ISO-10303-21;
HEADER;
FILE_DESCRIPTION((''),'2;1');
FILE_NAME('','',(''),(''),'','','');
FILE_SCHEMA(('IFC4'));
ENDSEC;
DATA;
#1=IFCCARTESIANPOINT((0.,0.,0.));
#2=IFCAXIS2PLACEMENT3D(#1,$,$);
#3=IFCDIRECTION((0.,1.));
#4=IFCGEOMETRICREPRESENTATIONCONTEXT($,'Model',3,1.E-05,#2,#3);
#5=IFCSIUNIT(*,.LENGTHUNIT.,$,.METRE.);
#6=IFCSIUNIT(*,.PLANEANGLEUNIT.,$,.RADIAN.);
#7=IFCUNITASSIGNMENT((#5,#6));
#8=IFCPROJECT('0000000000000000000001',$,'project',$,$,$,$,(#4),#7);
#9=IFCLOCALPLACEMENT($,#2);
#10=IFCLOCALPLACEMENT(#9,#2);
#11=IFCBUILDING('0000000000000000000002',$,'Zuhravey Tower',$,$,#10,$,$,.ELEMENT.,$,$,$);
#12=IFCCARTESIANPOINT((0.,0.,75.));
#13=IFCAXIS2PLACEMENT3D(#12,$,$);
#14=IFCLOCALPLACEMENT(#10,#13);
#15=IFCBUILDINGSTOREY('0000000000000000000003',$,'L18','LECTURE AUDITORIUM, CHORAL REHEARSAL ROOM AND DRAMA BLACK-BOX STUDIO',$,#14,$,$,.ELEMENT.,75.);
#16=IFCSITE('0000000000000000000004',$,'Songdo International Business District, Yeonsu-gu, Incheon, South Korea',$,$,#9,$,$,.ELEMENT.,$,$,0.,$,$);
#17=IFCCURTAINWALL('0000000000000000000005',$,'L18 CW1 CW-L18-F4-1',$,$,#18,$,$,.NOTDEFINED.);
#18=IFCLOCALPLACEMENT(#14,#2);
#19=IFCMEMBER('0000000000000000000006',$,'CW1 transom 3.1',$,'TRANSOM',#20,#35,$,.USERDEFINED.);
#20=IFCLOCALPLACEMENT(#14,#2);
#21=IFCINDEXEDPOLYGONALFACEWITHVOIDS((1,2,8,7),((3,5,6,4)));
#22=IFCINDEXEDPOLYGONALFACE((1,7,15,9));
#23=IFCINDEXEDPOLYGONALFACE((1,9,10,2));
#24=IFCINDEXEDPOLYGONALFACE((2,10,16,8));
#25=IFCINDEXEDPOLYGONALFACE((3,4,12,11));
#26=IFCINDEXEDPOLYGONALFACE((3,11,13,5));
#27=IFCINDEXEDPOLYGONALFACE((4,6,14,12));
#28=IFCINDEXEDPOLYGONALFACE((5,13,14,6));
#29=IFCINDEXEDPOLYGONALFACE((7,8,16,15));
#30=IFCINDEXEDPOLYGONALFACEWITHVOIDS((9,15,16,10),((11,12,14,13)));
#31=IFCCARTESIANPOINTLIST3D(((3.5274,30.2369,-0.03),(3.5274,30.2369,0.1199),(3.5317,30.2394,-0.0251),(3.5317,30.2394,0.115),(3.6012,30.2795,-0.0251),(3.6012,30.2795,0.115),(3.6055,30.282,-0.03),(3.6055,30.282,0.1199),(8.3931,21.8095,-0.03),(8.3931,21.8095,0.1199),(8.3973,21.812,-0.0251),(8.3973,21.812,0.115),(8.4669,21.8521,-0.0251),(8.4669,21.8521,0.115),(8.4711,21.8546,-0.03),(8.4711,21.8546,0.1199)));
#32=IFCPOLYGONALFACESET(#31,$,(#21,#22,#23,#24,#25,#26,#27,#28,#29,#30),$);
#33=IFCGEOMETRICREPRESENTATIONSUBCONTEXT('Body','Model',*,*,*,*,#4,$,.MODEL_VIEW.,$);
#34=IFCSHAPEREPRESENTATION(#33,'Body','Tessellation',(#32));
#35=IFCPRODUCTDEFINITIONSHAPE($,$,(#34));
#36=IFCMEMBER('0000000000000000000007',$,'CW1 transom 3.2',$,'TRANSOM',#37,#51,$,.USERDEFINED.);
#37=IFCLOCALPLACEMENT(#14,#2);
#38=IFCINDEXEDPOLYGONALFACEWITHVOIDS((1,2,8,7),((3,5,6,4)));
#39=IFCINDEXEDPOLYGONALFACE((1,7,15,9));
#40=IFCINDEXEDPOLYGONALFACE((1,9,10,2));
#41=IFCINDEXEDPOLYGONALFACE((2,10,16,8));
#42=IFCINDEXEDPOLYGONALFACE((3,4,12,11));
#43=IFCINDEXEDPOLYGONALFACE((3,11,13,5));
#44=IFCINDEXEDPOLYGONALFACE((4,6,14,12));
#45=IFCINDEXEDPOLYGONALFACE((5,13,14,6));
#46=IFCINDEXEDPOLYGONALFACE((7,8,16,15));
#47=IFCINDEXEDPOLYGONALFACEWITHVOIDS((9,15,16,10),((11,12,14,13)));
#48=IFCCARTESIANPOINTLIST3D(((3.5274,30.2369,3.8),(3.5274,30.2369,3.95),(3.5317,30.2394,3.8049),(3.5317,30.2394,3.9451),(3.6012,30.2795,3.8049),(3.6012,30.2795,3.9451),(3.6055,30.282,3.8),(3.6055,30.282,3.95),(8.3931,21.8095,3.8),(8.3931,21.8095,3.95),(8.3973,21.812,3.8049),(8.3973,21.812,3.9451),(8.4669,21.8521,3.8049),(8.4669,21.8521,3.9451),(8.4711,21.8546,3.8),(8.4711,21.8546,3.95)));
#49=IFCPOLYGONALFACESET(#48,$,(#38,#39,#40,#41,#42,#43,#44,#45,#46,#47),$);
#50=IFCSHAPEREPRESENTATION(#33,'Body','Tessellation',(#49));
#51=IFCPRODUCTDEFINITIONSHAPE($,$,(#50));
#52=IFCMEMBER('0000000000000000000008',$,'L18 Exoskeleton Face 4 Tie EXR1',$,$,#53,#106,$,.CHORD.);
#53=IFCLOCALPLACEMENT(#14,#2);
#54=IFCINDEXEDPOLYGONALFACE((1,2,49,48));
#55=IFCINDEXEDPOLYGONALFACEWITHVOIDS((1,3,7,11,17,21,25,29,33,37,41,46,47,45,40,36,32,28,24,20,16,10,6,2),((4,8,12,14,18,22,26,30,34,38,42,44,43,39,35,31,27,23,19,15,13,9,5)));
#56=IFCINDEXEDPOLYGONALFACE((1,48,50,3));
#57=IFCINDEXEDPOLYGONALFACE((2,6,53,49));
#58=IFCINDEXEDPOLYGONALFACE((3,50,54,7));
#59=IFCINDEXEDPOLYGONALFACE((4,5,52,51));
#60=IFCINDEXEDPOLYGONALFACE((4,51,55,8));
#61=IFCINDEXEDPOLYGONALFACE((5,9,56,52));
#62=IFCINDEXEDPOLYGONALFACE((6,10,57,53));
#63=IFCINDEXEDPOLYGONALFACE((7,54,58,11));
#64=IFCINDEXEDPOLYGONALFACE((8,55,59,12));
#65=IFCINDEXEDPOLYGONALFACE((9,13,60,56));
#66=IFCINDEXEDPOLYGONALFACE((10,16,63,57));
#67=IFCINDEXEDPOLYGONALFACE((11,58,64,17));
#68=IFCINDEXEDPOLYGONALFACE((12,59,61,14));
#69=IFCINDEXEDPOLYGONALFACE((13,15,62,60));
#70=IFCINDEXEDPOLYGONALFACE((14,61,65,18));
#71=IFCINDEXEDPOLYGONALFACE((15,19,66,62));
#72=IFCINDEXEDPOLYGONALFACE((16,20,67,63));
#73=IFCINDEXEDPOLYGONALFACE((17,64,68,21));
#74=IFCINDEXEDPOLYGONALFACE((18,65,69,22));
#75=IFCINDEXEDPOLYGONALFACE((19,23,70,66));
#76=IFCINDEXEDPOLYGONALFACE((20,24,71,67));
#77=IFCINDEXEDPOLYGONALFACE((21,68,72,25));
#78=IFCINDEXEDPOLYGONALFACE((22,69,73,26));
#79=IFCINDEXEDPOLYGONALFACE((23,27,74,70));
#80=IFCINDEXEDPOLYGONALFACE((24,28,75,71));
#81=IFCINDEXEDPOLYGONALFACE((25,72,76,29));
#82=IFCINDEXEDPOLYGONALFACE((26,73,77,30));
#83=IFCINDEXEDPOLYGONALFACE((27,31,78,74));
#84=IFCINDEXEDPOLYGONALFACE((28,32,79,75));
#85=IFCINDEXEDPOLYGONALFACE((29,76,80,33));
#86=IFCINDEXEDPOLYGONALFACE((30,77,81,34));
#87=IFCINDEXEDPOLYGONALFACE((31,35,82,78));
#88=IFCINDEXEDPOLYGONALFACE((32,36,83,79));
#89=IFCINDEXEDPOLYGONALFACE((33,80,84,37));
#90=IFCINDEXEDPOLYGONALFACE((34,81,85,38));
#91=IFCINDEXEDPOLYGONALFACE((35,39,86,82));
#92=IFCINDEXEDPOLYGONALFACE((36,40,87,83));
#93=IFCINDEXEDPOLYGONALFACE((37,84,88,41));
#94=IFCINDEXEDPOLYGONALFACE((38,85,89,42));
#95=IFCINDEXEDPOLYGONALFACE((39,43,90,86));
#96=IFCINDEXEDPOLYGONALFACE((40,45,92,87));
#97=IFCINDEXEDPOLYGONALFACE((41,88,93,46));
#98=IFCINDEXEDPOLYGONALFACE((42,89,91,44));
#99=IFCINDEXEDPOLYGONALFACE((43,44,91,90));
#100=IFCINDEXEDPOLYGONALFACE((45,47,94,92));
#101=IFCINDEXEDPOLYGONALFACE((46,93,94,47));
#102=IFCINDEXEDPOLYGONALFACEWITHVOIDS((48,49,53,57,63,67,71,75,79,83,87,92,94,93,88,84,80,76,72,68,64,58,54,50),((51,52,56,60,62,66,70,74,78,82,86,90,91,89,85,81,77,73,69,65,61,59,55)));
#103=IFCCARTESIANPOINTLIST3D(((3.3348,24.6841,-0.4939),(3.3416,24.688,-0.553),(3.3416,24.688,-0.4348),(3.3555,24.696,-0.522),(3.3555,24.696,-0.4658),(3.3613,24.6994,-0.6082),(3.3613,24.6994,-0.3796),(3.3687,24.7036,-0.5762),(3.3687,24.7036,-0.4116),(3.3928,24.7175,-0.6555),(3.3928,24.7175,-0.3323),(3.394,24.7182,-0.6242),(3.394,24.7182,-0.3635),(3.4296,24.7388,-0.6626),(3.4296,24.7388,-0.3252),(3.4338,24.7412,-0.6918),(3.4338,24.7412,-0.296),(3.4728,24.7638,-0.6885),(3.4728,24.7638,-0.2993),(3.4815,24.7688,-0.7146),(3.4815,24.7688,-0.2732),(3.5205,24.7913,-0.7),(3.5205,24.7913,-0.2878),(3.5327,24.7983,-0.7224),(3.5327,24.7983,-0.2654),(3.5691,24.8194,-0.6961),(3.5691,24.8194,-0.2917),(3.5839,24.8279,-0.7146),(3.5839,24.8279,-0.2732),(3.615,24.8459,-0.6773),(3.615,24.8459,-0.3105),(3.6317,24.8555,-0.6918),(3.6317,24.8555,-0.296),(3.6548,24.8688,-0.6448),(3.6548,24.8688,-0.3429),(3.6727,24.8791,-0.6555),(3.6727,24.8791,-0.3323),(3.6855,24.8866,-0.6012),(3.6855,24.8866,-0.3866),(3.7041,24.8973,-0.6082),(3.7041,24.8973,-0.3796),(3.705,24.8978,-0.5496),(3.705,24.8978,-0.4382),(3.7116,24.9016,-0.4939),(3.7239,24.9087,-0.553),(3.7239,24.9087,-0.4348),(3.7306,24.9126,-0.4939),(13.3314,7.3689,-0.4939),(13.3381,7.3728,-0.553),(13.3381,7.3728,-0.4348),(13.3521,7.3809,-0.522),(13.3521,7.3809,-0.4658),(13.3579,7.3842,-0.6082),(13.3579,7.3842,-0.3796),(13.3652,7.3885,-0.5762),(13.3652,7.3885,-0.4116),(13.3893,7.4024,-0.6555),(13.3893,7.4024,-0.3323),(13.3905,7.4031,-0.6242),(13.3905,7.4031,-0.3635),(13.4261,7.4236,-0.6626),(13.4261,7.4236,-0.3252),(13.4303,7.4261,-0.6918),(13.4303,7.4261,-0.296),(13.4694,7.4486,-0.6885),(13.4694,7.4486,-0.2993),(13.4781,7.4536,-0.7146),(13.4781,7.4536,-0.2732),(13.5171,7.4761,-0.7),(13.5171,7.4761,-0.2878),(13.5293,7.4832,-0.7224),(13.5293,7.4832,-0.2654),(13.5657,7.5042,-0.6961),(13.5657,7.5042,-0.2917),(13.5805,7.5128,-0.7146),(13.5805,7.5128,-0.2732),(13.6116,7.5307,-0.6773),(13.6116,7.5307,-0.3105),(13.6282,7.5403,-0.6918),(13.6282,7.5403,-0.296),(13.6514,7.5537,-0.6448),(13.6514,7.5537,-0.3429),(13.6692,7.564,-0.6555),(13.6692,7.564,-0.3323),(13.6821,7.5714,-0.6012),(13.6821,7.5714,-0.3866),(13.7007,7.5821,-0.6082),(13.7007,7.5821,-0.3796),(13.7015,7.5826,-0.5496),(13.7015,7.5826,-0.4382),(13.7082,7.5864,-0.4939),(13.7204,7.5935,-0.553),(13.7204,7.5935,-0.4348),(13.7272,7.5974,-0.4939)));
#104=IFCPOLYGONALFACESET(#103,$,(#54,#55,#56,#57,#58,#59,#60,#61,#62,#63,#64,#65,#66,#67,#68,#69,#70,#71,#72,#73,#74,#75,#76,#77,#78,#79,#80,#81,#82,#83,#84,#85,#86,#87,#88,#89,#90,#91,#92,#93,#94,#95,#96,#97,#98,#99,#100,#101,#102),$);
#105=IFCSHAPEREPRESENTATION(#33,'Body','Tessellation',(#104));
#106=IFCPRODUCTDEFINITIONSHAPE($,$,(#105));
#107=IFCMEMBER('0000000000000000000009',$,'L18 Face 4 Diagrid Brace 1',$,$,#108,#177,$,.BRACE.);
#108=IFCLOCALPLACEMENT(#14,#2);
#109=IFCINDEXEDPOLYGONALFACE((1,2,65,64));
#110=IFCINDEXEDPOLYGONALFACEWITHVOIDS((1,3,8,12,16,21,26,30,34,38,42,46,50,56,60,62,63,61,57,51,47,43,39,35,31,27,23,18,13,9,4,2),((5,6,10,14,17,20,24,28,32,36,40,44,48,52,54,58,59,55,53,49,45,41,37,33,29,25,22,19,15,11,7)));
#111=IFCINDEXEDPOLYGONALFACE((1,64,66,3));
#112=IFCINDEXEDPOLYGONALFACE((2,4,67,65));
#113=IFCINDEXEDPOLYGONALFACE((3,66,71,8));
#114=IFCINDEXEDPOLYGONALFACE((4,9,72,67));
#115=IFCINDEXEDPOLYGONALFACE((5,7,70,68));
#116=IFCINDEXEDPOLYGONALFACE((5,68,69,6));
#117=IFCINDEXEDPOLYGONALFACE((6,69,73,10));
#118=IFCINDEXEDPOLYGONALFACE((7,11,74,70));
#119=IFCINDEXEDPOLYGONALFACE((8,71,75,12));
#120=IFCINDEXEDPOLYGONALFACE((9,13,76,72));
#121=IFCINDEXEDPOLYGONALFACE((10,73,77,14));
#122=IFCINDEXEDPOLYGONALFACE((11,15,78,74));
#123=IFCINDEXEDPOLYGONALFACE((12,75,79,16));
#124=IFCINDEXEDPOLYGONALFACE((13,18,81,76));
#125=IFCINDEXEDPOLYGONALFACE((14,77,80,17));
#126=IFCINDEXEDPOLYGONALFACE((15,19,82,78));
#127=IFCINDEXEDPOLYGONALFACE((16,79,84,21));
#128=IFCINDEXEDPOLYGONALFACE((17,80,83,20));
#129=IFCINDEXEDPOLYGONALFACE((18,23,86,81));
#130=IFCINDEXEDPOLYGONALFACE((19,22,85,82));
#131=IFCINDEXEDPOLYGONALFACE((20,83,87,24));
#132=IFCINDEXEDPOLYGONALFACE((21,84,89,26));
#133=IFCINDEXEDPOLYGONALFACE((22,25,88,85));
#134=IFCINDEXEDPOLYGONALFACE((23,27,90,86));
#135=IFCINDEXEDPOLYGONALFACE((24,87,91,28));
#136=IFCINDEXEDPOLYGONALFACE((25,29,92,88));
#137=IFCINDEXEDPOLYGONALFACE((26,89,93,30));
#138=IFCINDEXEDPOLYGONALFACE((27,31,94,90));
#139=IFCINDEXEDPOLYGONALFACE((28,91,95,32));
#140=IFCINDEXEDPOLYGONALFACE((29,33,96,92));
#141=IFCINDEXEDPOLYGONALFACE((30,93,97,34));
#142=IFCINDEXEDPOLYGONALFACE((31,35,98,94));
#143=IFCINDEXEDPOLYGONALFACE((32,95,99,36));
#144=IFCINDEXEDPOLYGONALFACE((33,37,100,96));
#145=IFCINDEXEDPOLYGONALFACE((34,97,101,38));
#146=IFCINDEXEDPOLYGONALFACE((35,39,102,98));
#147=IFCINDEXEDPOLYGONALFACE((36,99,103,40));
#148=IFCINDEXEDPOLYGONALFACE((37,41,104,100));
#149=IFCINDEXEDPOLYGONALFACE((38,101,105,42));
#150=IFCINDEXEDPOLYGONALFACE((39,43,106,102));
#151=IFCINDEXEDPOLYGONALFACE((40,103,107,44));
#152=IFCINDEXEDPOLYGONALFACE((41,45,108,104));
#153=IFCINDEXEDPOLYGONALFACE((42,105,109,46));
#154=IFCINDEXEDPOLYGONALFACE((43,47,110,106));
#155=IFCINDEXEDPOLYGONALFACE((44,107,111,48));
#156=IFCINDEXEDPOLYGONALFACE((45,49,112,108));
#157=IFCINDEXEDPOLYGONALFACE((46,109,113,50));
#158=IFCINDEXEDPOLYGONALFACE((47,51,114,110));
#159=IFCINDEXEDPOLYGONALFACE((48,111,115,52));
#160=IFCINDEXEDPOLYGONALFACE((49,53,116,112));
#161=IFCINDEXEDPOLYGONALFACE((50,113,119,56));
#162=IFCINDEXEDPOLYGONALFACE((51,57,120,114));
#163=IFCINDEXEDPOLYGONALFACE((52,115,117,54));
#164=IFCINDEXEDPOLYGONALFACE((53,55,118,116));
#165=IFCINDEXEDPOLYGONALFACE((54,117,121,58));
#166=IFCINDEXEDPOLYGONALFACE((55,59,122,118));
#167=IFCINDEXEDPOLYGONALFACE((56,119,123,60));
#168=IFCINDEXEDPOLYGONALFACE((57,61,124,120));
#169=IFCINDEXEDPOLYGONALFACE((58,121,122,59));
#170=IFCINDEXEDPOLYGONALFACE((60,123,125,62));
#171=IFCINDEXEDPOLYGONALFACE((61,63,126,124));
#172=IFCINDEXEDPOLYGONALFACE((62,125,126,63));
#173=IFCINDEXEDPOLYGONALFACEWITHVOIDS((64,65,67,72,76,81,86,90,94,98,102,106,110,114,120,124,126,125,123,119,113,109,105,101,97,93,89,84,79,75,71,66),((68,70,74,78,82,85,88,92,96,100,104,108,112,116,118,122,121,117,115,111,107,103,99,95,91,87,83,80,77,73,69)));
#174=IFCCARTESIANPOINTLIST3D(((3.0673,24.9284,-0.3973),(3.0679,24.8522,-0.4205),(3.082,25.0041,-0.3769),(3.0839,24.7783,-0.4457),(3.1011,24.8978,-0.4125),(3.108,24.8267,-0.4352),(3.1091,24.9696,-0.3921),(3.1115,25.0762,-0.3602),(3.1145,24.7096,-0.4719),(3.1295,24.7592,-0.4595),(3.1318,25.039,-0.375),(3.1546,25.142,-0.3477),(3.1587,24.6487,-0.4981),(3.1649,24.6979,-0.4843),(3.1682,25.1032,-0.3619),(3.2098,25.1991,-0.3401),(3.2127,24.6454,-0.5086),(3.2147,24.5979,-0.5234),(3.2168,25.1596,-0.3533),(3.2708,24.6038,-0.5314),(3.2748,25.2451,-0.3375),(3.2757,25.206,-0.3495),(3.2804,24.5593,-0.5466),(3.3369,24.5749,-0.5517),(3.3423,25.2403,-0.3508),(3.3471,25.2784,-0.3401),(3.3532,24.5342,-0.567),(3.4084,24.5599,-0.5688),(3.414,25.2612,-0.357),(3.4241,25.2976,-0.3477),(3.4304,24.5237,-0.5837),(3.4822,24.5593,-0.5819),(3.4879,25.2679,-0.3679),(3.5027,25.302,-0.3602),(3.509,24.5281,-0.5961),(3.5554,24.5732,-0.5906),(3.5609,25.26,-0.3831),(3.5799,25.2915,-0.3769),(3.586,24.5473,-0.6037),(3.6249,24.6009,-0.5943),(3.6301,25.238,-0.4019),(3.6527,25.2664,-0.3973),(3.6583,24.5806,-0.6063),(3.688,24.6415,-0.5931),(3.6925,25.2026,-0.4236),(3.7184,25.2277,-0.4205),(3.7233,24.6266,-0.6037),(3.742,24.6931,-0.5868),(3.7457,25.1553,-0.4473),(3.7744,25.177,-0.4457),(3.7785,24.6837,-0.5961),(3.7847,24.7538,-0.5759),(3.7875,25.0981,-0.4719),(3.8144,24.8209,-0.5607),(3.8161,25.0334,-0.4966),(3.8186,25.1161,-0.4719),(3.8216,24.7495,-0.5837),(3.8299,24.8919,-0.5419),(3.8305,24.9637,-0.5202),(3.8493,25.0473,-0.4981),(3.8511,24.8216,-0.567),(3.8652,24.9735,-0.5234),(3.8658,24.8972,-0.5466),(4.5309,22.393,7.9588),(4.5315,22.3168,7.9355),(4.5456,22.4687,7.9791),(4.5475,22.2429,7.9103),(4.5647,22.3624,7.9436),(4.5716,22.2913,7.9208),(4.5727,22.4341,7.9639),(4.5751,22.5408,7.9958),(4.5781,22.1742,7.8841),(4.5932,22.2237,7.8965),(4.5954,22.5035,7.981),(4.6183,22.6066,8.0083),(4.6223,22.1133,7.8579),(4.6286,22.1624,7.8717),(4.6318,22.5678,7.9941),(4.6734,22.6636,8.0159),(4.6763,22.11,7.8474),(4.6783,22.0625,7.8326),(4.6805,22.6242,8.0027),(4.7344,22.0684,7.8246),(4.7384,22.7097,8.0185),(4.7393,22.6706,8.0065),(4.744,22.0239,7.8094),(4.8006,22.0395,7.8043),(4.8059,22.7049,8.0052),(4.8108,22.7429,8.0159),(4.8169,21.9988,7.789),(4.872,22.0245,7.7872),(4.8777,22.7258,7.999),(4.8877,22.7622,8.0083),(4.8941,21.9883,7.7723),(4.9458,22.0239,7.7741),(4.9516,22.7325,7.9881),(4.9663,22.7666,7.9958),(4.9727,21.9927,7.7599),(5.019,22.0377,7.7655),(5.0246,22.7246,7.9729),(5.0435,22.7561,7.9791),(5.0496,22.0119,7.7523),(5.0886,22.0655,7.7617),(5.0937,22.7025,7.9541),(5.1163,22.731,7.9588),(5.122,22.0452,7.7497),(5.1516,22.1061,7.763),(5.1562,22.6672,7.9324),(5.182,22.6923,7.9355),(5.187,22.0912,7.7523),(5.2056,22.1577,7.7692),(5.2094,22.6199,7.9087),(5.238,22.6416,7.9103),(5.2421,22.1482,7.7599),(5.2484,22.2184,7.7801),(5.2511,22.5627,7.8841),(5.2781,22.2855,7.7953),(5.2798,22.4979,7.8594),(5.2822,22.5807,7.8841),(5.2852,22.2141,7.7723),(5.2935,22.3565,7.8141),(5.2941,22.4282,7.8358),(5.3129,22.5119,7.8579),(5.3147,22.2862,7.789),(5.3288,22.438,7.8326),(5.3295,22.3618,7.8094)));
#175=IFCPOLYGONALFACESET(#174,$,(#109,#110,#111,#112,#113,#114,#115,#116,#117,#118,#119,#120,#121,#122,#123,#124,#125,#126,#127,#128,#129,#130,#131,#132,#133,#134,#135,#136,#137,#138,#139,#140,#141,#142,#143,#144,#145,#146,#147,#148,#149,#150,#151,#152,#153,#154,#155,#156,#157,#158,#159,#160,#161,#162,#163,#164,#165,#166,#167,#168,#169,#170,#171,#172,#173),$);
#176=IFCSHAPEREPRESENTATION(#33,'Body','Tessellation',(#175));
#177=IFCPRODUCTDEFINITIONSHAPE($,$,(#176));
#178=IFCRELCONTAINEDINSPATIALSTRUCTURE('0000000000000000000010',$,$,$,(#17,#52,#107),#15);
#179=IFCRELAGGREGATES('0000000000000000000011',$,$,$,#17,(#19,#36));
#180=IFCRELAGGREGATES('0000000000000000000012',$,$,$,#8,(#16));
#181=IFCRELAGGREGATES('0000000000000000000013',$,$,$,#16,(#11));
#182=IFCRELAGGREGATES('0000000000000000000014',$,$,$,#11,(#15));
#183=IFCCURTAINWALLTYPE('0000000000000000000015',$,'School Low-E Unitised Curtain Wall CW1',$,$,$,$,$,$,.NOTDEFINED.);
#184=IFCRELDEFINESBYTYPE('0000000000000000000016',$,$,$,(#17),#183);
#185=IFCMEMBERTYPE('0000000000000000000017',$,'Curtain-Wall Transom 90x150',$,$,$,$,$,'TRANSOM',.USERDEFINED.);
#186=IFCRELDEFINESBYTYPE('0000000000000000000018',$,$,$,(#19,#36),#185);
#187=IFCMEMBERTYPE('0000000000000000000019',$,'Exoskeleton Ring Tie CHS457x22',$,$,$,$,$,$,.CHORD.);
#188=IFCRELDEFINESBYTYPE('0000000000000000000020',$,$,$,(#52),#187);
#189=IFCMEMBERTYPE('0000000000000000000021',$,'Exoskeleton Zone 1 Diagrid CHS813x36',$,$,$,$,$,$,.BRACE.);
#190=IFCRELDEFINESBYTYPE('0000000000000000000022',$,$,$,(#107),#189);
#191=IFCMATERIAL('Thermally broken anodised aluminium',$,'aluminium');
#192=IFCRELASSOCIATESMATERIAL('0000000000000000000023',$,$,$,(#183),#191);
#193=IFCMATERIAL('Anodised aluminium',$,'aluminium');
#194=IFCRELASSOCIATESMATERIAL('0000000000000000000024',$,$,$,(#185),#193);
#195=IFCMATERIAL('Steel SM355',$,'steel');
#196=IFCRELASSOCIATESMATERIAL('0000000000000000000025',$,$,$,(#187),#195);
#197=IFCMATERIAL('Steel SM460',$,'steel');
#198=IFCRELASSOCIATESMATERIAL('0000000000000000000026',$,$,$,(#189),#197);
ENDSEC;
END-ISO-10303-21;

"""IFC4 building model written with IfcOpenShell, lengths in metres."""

from ifc_helpers import new_model, si_unit, direction, frame, origin, origin_2d, place, context, subcontext, project, spatial, hollow_rectangle, hollow_circle, extrude, material, material_profile, profile_set, type_object, element, aggregate, save


model = new_model("IFC4")

# Units and contexts
model_context = context("Model", 3, precision=1e-05, world=origin(), true_north=direction((0.0, 1.0)))
body_context = subcontext(model_context, "Body", "Model", "MODEL_VIEW")
ifc_project = project(units=[si_unit("LENGTHUNIT", "METRE"), si_unit("PLANEANGLEUNIT", "RADIAN")], contexts=[model_context])

# Site, building, storey
site_placement = place(None, origin())
site = spatial("IfcSite", under=ifc_project, at=site_placement, Name="Songdo International Business District, Yeonsu-gu, Incheon, South Korea", CompositionType="ELEMENT", RefElevation=0.0)
building_placement = place(site_placement, origin())
building = spatial("IfcBuilding", under=site, at=building_placement, Name="Zuhravey Tower", CompositionType="ELEMENT")
storey_placement = place(building_placement, frame((0.0, 0.0, 75.0)))
storey = spatial("IfcBuildingStorey", under=building, at=storey_placement, Name="L18", Description="LECTURE AUDITORIUM, CHORAL REHEARSAL ROOM AND DRAMA BLACK-BOX STUDIO", CompositionType="ELEMENT", Elevation=75.0)

# Shared definitions
ifc_material_1 = material(Name="Thermally broken anodised aluminium", Category="aluminium")
curtain_wall_type = type_object("IfcCurtainWallType", Name="School Low-E Unitised Curtain Wall CW1", PredefinedType="NOTDEFINED", material=ifc_material_1)
ifc_material_2 = material(Name="Anodised aluminium", Category="aluminium")

# Curtain wall, members
curtain_wall_1_placement = place(storey_placement, origin())
curtain_wall_1 = element("IfcCurtainWall", 1, at=curtain_wall_1_placement, inside=storey, type_object=curtain_wall_type, Name="L18 CW1 CW-L18-F4-1", PredefinedType="NOTDEFINED")
ifc_material_profile_1 = material_profile(ifc_material_2, hollow_rectangle(XDim=0.0901, YDim=0.1499, WallThickness=0.0049, at=origin_2d()), Name="ALU-RHS-90x150x5")
ifc_profile_set_1 = profile_set([ifc_material_profile_1], Name="Anodised aluminium")
member_type_1 = type_object("IfcMemberType", Name="Curtain-Wall Transom 90x150", ElementType="TRANSOM", PredefinedType="USERDEFINED", material=ifc_profile_set_1)
member_1_placement = place(storey_placement, frame((8.4321, 21.832, 0.0449), z_axis=(-0.500008, 0.866021, 0.0), x_axis=(-0.866021, -0.500008, 0.0)))
member_1 = element("IfcMember", 2, at=member_1_placement, type_object=member_type_1, Name="CW1 transom 3.1", ObjectType="TRANSOM", PredefinedType="USERDEFINED", context=body_context, shape_type="SweptSolid", body=[
    extrude(hollow_rectangle(XDim=0.0901, YDim=0.1499, WallThickness=0.0049, at=origin_2d()), origin(), (0.0, 0.0, 1.0), 9.7312),
])
member_2_placement = place(storey_placement, frame((8.4321, 21.832, 3.875), z_axis=(-0.500008, 0.866021, 0.0), x_axis=(-0.866021, -0.500008, 0.0)))
member_2 = element("IfcMember", 3, at=member_2_placement, type_object=member_type_1, Name="CW1 transom 3.2", ObjectType="TRANSOM", PredefinedType="USERDEFINED", context=body_context, shape_type="SweptSolid", body=[
    extrude(hollow_rectangle(XDim=0.0901, YDim=0.1499, WallThickness=0.0049, at=origin_2d()), origin(), (0.0, 0.0, 1.0), 9.7312),
])

# Members
ifc_material_3 = material(Name="Steel SM355", Category="steel")
ifc_material_profile_2 = material_profile(ifc_material_3, hollow_circle(Radius=0.2285, WallThickness=0.022, at=origin_2d()), Name="CHS-457.2x22")
ifc_profile_set_2 = profile_set([ifc_material_profile_2], Name="Steel SM355")
member_type_2 = type_object("IfcMemberType", Name="Exoskeleton Ring Tie CHS457x22", PredefinedType="CHORD", material=ifc_profile_set_2)
member_3_placement = place(storey_placement, frame((3.5327, 24.7983, -0.4939), z_axis=(0.499987, -0.866033, 0.0), x_axis=(0.866033, 0.499987, 0.0)))
element("IfcMember", 4, at=member_3_placement, inside=storey, type_object=member_type_2, Name="L18 Exoskeleton Face 4 Tie EXR1", PredefinedType="CHORD", context=body_context, shape_type="SweptSolid", body=[
    extrude(hollow_circle(Radius=0.2285, WallThickness=0.022, at=origin_2d()), origin(), (0.0, 0.0, 1.0), 19.9937),
])
ifc_material_4 = material(Name="Steel SM460", Category="steel")
ifc_material_profile_3 = material_profile(ifc_material_4, hollow_circle(Radius=0.4065, WallThickness=0.0359, at=origin_2d()), Name="CHS-812.8x36")
ifc_profile_set_3 = profile_set([ifc_material_profile_3], Name="Steel SM460")
member_type_3 = type_object("IfcMemberType", Name="Exoskeleton Zone 1 Diagrid CHS813x36", PredefinedType="BRACE", material=ifc_profile_set_3)
member_4_placement = place(storey_placement, frame((3.4666, 24.9128, -0.4719), z_axis=(0.165307, -0.286358, 0.943755), x_axis=(0.866054, 0.499951, 0.0)))
element("IfcMember", 5, at=member_4_placement, inside=storey, type_object=member_type_3, Name="L18 Face 4 Diagrid Brace 1", PredefinedType="BRACE", context=body_context, shape_type="SweptSolid", body=[
    extrude(hollow_circle(Radius=0.4065, WallThickness=0.0359, at=origin_2d()), origin(), (0.0, 0.0, 1.0), 8.854),
])

aggregate(curtain_wall_1, [member_1, member_2])

save(model, "model.ifc")
